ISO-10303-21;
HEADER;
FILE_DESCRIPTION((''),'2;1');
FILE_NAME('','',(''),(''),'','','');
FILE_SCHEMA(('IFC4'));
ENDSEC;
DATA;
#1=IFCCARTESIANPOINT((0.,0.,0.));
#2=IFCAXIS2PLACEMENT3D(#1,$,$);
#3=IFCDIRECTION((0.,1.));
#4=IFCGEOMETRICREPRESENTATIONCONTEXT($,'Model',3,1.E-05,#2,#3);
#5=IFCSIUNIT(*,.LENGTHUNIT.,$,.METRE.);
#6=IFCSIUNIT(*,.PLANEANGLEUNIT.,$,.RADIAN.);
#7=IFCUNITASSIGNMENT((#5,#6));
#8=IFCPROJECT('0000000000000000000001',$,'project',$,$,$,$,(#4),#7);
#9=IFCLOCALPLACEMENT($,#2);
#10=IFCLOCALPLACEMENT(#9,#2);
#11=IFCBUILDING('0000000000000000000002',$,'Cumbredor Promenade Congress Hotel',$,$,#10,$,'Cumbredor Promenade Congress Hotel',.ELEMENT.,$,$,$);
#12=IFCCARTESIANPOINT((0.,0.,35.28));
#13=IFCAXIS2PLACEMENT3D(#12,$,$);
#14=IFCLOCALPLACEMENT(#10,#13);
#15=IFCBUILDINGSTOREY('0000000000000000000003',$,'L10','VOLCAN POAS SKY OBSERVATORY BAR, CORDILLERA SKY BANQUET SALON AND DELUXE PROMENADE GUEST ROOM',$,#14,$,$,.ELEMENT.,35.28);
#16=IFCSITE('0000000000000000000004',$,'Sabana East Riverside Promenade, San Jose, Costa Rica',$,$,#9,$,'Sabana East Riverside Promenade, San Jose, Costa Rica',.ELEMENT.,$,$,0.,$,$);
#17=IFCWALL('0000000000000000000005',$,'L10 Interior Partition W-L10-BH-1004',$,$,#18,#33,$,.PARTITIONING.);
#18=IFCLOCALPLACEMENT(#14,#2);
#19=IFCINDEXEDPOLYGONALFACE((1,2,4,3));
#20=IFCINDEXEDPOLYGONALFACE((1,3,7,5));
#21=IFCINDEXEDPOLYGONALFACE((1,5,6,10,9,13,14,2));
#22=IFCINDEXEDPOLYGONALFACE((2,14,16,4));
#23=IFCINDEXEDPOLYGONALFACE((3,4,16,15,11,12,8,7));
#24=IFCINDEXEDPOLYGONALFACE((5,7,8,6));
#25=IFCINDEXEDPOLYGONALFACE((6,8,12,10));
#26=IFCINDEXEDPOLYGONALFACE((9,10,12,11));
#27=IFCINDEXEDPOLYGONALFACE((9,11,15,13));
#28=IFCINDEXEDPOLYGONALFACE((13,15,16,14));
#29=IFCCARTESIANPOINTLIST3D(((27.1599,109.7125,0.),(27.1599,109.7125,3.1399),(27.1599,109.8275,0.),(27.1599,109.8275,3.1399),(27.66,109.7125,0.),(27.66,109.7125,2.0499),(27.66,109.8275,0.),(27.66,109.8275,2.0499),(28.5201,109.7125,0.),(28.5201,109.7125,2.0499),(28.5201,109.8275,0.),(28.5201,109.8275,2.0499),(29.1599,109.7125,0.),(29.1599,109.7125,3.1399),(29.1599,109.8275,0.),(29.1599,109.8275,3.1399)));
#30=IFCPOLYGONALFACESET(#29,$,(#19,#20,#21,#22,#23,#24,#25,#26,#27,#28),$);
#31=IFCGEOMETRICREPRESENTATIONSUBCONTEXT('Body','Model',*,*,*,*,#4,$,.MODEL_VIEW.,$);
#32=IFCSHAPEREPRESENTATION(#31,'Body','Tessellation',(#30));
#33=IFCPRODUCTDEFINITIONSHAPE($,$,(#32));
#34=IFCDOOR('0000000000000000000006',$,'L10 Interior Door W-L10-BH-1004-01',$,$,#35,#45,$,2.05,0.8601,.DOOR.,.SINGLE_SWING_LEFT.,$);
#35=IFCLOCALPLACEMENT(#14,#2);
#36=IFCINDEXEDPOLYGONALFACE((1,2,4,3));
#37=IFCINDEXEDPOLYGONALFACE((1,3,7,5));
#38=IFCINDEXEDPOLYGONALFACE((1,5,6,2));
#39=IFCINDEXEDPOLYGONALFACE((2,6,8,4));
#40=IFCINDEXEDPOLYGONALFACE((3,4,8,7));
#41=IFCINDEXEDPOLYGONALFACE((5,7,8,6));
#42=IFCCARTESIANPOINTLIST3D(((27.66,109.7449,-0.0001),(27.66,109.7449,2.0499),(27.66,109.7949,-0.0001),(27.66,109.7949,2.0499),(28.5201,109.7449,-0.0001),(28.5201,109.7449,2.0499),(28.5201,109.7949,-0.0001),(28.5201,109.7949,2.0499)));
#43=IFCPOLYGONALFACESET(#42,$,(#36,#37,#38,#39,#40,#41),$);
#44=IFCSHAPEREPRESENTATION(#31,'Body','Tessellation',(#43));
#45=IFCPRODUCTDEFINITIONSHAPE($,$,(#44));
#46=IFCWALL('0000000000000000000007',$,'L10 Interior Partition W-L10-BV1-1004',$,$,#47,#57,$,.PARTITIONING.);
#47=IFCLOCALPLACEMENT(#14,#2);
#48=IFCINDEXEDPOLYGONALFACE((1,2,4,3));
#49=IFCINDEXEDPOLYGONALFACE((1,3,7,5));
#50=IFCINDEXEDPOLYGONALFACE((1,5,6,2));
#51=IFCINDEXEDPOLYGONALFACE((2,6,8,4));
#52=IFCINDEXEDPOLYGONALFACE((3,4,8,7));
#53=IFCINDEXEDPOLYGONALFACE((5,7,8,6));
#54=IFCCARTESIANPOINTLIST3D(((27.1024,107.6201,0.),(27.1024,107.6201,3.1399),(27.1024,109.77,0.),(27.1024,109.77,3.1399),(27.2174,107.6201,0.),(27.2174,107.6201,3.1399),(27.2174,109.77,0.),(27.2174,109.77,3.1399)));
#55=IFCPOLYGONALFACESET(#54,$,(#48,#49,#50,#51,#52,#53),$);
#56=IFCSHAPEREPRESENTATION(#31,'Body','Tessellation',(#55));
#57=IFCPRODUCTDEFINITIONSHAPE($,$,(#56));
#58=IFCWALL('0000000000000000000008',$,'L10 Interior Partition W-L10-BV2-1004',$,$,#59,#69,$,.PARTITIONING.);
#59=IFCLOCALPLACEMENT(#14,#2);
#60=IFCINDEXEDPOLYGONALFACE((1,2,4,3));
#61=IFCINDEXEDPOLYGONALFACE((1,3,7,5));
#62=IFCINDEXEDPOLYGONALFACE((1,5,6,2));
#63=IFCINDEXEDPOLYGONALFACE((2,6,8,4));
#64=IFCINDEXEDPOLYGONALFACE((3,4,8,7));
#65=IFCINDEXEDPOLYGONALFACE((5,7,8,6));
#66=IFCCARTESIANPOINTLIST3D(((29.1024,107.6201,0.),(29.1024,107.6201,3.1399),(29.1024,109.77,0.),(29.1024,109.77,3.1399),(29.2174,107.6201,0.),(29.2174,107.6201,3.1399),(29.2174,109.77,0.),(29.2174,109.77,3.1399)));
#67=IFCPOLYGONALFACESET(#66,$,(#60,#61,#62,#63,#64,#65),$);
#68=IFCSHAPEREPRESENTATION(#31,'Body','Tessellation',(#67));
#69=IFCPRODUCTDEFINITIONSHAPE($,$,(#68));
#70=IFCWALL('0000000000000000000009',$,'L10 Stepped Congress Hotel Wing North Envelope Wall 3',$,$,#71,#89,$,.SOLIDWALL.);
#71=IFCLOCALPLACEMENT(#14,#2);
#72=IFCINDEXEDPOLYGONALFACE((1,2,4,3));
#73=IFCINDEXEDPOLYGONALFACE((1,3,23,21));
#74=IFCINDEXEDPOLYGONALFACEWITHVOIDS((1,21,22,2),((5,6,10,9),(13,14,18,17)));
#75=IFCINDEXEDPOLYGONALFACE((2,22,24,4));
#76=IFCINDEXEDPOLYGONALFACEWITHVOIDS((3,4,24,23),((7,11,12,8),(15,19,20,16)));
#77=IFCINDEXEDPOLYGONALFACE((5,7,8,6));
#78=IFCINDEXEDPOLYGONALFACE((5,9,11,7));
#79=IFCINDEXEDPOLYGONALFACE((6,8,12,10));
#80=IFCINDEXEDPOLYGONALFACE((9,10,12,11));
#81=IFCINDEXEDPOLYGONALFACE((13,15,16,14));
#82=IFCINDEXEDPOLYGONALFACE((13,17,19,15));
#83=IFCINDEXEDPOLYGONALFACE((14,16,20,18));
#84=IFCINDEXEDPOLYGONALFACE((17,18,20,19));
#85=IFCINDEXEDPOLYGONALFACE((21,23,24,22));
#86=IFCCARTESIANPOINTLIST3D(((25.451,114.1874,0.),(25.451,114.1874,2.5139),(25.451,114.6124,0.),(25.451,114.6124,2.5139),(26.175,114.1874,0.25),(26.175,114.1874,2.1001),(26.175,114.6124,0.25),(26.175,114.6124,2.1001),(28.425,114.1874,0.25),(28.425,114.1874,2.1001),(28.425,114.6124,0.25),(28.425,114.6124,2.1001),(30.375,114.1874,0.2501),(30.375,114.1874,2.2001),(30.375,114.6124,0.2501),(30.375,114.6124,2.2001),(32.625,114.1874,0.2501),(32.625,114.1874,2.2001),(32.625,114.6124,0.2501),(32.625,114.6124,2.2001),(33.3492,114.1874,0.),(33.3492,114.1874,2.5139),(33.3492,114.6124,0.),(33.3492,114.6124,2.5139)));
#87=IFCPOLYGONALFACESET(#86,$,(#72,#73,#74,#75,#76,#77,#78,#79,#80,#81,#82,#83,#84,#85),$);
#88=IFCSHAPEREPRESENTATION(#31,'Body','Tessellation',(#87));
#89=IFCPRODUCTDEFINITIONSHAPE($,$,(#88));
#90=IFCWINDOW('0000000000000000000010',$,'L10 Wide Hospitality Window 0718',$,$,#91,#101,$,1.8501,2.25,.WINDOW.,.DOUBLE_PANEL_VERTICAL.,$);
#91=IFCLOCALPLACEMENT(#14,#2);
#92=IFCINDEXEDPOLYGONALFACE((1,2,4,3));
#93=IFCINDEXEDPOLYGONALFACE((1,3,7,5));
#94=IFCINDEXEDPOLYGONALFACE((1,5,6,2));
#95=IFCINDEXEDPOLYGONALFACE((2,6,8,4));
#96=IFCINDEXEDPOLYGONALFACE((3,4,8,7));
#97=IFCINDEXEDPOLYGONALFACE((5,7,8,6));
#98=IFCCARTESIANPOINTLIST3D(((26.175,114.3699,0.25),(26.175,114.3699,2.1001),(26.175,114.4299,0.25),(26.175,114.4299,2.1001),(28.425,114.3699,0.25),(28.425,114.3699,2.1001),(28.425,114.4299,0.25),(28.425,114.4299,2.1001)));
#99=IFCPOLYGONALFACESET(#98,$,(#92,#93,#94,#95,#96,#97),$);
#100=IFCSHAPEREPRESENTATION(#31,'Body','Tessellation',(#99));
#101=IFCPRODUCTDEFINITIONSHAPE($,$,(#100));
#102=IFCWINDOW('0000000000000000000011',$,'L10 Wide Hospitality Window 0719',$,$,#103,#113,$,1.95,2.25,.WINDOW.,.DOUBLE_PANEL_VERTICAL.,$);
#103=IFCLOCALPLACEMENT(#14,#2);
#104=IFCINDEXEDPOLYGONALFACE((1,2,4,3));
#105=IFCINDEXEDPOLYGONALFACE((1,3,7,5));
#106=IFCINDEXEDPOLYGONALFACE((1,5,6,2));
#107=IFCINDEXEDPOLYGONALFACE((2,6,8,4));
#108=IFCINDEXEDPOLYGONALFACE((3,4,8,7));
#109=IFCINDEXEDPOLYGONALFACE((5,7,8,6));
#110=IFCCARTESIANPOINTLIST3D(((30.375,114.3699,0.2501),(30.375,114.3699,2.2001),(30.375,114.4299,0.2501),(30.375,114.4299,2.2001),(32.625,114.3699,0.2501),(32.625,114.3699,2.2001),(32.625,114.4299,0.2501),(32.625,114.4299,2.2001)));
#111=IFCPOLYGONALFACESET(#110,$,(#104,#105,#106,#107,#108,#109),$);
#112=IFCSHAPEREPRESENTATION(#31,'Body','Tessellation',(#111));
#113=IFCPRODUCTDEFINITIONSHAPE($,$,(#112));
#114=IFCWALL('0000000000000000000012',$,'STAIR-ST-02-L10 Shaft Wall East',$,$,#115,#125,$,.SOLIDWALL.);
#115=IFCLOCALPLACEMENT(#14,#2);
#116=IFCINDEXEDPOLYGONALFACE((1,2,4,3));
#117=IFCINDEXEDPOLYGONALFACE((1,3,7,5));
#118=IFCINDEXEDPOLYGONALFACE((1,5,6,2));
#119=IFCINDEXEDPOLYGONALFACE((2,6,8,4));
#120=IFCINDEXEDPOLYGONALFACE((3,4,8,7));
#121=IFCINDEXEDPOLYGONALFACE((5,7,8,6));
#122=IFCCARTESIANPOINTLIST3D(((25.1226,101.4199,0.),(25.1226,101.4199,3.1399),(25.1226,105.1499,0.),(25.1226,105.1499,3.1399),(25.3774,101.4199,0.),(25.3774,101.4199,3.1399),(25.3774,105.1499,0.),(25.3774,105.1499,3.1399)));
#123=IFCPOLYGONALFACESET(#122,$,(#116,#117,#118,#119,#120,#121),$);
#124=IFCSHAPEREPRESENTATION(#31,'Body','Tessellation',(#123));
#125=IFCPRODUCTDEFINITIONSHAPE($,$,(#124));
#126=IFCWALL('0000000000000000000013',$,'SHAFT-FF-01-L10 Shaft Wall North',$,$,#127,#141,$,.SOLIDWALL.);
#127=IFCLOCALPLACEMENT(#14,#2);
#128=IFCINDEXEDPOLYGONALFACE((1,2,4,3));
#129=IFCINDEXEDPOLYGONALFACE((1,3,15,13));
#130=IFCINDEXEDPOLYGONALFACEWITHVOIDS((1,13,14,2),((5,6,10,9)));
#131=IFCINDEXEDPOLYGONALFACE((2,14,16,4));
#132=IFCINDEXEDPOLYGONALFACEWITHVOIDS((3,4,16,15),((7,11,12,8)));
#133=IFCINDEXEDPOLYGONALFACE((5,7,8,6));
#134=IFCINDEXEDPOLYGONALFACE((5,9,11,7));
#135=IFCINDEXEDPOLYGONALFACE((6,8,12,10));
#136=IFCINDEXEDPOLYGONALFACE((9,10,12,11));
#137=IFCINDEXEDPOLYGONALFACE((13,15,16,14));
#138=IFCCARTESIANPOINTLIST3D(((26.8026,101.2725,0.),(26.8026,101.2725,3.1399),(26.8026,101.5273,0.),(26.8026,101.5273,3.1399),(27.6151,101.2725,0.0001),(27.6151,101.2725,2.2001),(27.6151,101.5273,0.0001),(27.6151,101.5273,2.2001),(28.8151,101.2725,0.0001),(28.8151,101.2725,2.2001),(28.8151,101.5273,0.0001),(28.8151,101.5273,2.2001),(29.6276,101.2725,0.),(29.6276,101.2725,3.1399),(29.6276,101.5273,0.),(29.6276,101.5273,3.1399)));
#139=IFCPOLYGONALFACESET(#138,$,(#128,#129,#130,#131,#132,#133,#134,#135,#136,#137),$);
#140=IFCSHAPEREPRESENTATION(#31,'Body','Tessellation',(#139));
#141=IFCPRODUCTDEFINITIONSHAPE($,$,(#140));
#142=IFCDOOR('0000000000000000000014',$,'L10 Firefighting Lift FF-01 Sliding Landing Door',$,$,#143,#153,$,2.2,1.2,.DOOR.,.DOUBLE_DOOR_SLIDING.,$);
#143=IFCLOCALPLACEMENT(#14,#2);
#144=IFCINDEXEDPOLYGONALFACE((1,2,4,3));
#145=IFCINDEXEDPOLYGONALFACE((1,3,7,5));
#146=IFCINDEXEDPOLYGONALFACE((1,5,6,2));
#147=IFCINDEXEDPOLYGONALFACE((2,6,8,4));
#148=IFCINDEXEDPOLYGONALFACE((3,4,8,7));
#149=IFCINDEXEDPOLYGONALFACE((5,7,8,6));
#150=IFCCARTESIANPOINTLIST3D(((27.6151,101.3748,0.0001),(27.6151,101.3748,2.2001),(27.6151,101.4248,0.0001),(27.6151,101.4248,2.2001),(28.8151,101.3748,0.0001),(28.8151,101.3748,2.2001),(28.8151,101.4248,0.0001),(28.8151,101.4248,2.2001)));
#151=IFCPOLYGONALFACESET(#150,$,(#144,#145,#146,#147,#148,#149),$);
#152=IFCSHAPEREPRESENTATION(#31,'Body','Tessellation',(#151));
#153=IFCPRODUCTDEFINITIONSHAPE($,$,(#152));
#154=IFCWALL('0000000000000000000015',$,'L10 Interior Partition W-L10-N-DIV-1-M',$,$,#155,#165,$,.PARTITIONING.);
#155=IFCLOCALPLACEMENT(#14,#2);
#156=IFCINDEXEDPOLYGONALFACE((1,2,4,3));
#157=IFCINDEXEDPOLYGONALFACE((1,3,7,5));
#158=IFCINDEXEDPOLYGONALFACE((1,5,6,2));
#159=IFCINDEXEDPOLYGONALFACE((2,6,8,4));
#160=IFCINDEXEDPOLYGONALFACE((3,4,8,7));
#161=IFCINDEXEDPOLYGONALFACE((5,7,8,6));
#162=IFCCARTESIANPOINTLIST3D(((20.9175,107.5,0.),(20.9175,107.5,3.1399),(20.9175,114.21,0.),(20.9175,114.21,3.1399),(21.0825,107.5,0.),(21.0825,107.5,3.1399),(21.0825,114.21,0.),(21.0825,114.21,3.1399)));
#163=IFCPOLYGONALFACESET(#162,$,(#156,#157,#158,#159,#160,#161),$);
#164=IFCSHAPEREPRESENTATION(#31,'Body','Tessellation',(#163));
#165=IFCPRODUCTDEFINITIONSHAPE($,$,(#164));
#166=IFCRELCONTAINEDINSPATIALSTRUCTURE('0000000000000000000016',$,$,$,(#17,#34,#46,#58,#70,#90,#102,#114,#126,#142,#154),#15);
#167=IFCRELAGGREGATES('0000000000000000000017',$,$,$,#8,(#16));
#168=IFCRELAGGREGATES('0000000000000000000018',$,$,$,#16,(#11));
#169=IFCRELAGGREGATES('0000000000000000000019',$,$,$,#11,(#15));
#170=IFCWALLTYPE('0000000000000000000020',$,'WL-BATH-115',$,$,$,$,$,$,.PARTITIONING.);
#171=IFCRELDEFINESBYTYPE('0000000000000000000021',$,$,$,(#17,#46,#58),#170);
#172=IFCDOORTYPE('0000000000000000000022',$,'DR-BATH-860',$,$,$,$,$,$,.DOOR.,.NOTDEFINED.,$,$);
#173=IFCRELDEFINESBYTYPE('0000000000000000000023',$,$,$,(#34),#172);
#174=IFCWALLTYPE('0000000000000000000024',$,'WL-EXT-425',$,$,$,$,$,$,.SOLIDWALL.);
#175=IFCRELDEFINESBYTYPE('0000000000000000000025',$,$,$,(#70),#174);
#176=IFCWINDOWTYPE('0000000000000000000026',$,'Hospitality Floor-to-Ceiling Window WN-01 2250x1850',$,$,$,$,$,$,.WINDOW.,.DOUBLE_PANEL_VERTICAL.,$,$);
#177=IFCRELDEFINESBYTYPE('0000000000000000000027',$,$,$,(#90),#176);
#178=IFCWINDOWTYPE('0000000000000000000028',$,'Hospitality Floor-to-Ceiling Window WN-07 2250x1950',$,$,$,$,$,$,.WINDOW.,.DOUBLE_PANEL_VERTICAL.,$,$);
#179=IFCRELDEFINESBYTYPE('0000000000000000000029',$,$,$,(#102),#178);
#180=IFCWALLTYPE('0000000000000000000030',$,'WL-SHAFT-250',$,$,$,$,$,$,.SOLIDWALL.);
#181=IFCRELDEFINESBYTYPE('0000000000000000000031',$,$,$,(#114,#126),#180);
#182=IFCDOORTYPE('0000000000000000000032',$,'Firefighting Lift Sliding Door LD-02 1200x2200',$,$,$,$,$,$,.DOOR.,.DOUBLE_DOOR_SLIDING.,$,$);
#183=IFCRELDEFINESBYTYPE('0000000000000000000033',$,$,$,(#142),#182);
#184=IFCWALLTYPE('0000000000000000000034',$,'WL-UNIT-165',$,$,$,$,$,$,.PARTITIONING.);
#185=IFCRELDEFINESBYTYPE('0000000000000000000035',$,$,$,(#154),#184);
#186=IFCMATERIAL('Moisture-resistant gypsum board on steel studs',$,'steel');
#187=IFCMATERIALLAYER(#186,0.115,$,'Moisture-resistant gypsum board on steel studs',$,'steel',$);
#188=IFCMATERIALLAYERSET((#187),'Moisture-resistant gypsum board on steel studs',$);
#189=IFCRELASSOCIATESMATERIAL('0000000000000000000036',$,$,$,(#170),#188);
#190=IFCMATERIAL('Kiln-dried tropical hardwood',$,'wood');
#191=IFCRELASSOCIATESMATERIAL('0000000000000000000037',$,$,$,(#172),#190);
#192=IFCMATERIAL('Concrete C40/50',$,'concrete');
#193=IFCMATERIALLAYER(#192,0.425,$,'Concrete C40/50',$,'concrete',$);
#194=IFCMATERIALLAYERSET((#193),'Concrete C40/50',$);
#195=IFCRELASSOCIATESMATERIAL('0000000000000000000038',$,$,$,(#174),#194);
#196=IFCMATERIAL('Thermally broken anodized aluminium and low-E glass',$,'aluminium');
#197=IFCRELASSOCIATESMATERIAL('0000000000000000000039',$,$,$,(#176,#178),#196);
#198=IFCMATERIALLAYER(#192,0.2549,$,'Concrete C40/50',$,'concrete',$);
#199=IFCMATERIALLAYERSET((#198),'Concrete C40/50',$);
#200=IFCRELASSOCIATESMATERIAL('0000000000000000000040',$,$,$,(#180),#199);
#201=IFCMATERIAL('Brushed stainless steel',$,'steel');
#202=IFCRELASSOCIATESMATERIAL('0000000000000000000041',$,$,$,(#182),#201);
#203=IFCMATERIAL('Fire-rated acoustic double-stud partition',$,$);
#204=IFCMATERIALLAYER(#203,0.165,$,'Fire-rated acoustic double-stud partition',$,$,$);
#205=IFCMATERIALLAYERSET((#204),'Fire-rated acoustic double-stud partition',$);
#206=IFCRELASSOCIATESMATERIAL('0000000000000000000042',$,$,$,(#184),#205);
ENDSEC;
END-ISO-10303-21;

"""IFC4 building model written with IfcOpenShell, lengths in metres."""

from ifc_helpers import new_model, si_unit, direction, frame, frame_2d, origin, place, context, subcontext, project, spatial, rectangle, extrude, material, layer, layer_set, type_object, element, fill, save


model = new_model("IFC4")

# Units and contexts
model_context = context("Model", 3, precision=1e-05, world=origin(), true_north=direction((0.0, 1.0)))
body_context = subcontext(model_context, "Body", "Model", "MODEL_VIEW")
ifc_project = project(units=[si_unit("LENGTHUNIT", "METRE"), si_unit("PLANEANGLEUNIT", "RADIAN")], contexts=[model_context])

# Site, building, storey
site_placement = place(None, origin())
site = spatial("IfcSite", under=ifc_project, at=site_placement, Name="Sabana East Riverside Promenade, San Jose, Costa Rica", LongName="Sabana East Riverside Promenade, San Jose, Costa Rica", CompositionType="ELEMENT", RefElevation=0.0)
building_placement = place(site_placement, origin())
building = spatial("IfcBuilding", under=site, at=building_placement, Name="Cumbredor Promenade Congress Hotel", LongName="Cumbredor Promenade Congress Hotel", CompositionType="ELEMENT")
storey_placement = place(building_placement, frame((0.0, 0.0, 35.28)))
storey = spatial("IfcBuildingStorey", under=building, at=storey_placement, Name="L10", Description="VOLCAN POAS SKY OBSERVATORY BAR, CORDILLERA SKY BANQUET SALON AND DELUXE PROMENADE GUEST ROOM", CompositionType="ELEMENT", Elevation=35.28)

# Shared definitions
ifc_material_1 = material(Name="Concrete C40/50", Category="concrete")

# Shared definitions
ifc_material_2 = material(Name="Thermally broken anodized aluminium and low-E glass", Category="aluminium")

# Shared definitions
ifc_material_3 = material(Name="Kiln-dried tropical hardwood", Category="wood")

# Shared definitions
ifc_material_4 = material(Name="Moisture-resistant gypsum board on steel studs", Category="steel")
ifc_layer_1 = layer(ifc_material_4, 0.115, Name="Moisture-resistant gypsum board on steel studs", Category="steel")
ifc_layer_set_1 = layer_set([ifc_layer_1], Name="Moisture-resistant gypsum board on steel studs")
wall_type_1 = type_object("IfcWallType", Name="WL-BATH-115", PredefinedType="PARTITIONING", material=ifc_layer_set_1)
door_type_1 = type_object("IfcDoorType", Name="DR-BATH-860", OperationType="NOTDEFINED", PredefinedType="DOOR", material=ifc_material_3)

# Wall, opening, door
wall_1_placement = place(storey_placement, frame((27.1599, 109.77, 0.0), z_axis=(0.0, 0.0, 1.0), x_axis=(1.0, 0.0, 0.0)))
wall_1 = element("IfcWall", 1, at=wall_1_placement, inside=storey, type_object=wall_type_1, Name="L10 Interior Partition W-L10-BH-1004", PredefinedType="PARTITIONING", context=body_context, shape_type="SweptSolid", body=[
    extrude(rectangle(XDim=2.0, YDim=0.115, at=frame_2d((1.0, 0.0))), origin(), (0.0, 0.0, 1.0), 3.1399),
])
opening_1_placement = place(wall_1_placement, frame((0.5, 0.0, 0.0)))
opening_1 = element("IfcOpeningElement", 2, at=opening_1_placement, cuts=wall_1, PredefinedType="OPENING", context=body_context, shape_type="SweptSolid", body=[
    extrude(rectangle(XDim=0.8601, YDim=2.05, at=frame_2d((0.4302, 1.0249))), frame((0.0, 0.0674, 0.0), z_axis=(0.0, -1.0, 0.0), x_axis=(1.0, 0.0, 0.0)), (0.0, 0.0, 1.0), 0.135),
])
door_1_placement = place(opening_1_placement, origin())
door_1 = element("IfcDoor", 3, at=door_1_placement, inside=storey, type_object=door_type_1, Name="L10 Interior Door W-L10-BH-1004-01", OperationType="SINGLE_SWING_LEFT", OverallHeight=2.05, OverallWidth=0.8601, PredefinedType="DOOR", context=body_context, shape_type="SweptSolid", body=[
    extrude(rectangle(XDim=0.8601, YDim=2.05, at=frame_2d((0.4302, 1.0249))), frame((0.0, 0.0249, 0.0), z_axis=(0.0, -1.0, 0.0), x_axis=(1.0, 0.0, 0.0)), (0.0, 0.0, 1.0), 0.05),
])
fill(opening_1, door_1)

# Walls
for number, where, z_axis, x_axis, name in (
    (4, (27.1599, 107.6201, 0.0), (0.0, 0.0, 1.0), (0.0, 1.0, 0.0), "L10 Interior Partition W-L10-BV1-1004"),
    (5, (29.1599, 107.6201, 0.0), (0.0, 0.0, 1.0), (0.0, 1.0, 0.0), "L10 Interior Partition W-L10-BV2-1004"),
):
    element("IfcWall", number, at=place(storey_placement, frame(where, z_axis=z_axis, x_axis=x_axis)), inside=storey, type_object=wall_type_1, Name=name, PredefinedType="PARTITIONING", context=body_context, shape_type="SweptSolid", body=[
        extrude(rectangle(XDim=2.1499, YDim=0.115, at=frame_2d((1.075, 0.0))), origin(), (0.0, 0.0, 1.0), 3.1399),
    ])

# Wall, openings, windows
ifc_layer_2 = layer(ifc_material_1, 0.425, Name="Concrete C40/50", Category="concrete")
ifc_layer_set_2 = layer_set([ifc_layer_2], Name="Concrete C40/50")
wall_type_2 = type_object("IfcWallType", Name="WL-EXT-425", PredefinedType="SOLIDWALL", material=ifc_layer_set_2)
wall_2_placement = place(storey_placement, frame((25.4509, 114.3999, 0.0), z_axis=(0.0, 0.0, 1.0), x_axis=(1.0, 0.0, 0.0)))
wall_2 = element("IfcWall", 6, at=wall_2_placement, inside=storey, type_object=wall_type_2, Name="L10 Stepped Congress Hotel Wing North Envelope Wall 3", PredefinedType="SOLIDWALL", context=body_context, shape_type="SweptSolid", body=[
    extrude(rectangle(XDim=7.8982, YDim=0.425, at=frame_2d((3.9492, 0.0))), origin(), (0.0, 0.0, 1.0), 2.5139),
])
opening_2_placement = place(wall_2_placement, frame((0.7241, 0.0, 0.25)))
opening_2 = element("IfcOpeningElement", 7, at=opening_2_placement, cuts=wall_2, PredefinedType="OPENING", context=body_context, shape_type="SweptSolid", body=[
    extrude(rectangle(XDim=2.25, YDim=1.8501, at=frame_2d((1.125, 0.925))), frame((0.0, 0.2227, 0.0), z_axis=(0.0, -1.0, 0.0), x_axis=(1.0, 0.0, 0.0)), (0.0, 0.0, 1.0), 0.4451),
])
opening_3_placement = place(wall_2_placement, frame((4.9241, 0.0, 0.25)))
opening_3 = element("IfcOpeningElement", 8, at=opening_3_placement, cuts=wall_2, PredefinedType="OPENING", context=body_context, shape_type="SweptSolid", body=[
    extrude(rectangle(XDim=2.25, YDim=1.95, at=frame_2d((1.125, 0.9751))), frame((0.0, 0.2227, 0.0), z_axis=(0.0, -1.0, 0.0), x_axis=(1.0, 0.0, 0.0)), (0.0, 0.0, 1.0), 0.4451),
])
window_type_1 = type_object("IfcWindowType", Name="Hospitality Floor-to-Ceiling Window WN-01 2250x1850", PartitioningType="DOUBLE_PANEL_VERTICAL", PredefinedType="WINDOW", material=ifc_material_2)
window_1_placement = place(opening_2_placement, origin())
window_1 = element("IfcWindow", 9, at=window_1_placement, inside=storey, type_object=window_type_1, Name="L10 Wide Hospitality Window 0718", OverallHeight=1.8501, OverallWidth=2.25, PartitioningType="DOUBLE_PANEL_VERTICAL", PredefinedType="WINDOW", context=body_context, shape_type="SweptSolid", body=[
    extrude(rectangle(XDim=2.25, YDim=1.8501, at=frame_2d((1.125, 0.925))), frame((0.0, 0.03, 0.0), z_axis=(0.0, -1.0, 0.0), x_axis=(1.0, 0.0, 0.0)), (0.0, 0.0, 1.0), 0.0601),
])
fill(opening_2, window_1)
window_type_2 = type_object("IfcWindowType", Name="Hospitality Floor-to-Ceiling Window WN-07 2250x1950", PartitioningType="DOUBLE_PANEL_VERTICAL", PredefinedType="WINDOW", material=ifc_material_2)
window_2_placement = place(opening_3_placement, origin())
window_2 = element("IfcWindow", 10, at=window_2_placement, inside=storey, type_object=window_type_2, Name="L10 Wide Hospitality Window 0719", OverallHeight=1.95, OverallWidth=2.25, PartitioningType="DOUBLE_PANEL_VERTICAL", PredefinedType="WINDOW", context=body_context, shape_type="SweptSolid", body=[
    extrude(rectangle(XDim=2.25, YDim=1.95, at=frame_2d((1.125, 0.9751))), frame((0.0, 0.03, 0.0), z_axis=(0.0, -1.0, 0.0), x_axis=(1.0, 0.0, 0.0)), (0.0, 0.0, 1.0), 0.0601),
])
fill(opening_3, window_2)

# Wall
ifc_layer_3 = layer(ifc_material_1, 0.2549, Name="Concrete C40/50", Category="concrete")
ifc_layer_set_3 = layer_set([ifc_layer_3], Name="Concrete C40/50")
wall_type_3 = type_object("IfcWallType", Name="WL-SHAFT-250", PredefinedType="SOLIDWALL", material=ifc_layer_set_3)
wall_3_placement = place(storey_placement, frame((25.25, 101.4199, 0.0), z_axis=(0.0, 0.0, 1.0), x_axis=(0.0, 1.0, 0.0)))
element("IfcWall", 11, at=wall_3_placement, inside=storey, type_object=wall_type_3, Name="STAIR-ST-02-L10 Shaft Wall East", PredefinedType="SOLIDWALL", context=body_context, shape_type="SweptSolid", body=[
    extrude(rectangle(XDim=3.73, YDim=0.2549, at=frame_2d((1.865, 0.0))), origin(), (0.0, 0.0, 1.0), 3.1399),
])

# Wall, opening, door
wall_4_placement = place(storey_placement, frame((26.8025, 101.3999, 0.0), z_axis=(0.0, 0.0, 1.0), x_axis=(1.0, 0.0, 0.0)))
wall_4 = element("IfcWall", 12, at=wall_4_placement, inside=storey, type_object=wall_type_3, Name="SHAFT-FF-01-L10 Shaft Wall North", PredefinedType="SOLIDWALL", context=body_context, shape_type="SweptSolid", body=[
    extrude(rectangle(XDim=2.825, YDim=0.2549, at=frame_2d((1.4126, 0.0))), origin(), (0.0, 0.0, 1.0), 3.1399),
])
opening_4_placement = place(wall_4_placement, frame((0.8125, 0.0, 0.0)))
opening_4 = element("IfcOpeningElement", 13, at=opening_4_placement, cuts=wall_4, PredefinedType="OPENING", context=body_context, shape_type="SweptSolid", body=[
    extrude(rectangle(XDim=1.2, YDim=2.2, at=frame_2d((0.6001, 1.1001))), frame((0.0, 0.1375, 0.0), z_axis=(0.0, -1.0, 0.0), x_axis=(1.0, 0.0, 0.0)), (0.0, 0.0, 1.0), 0.2749),
])
ifc_material_5 = material(Name="Brushed stainless steel", Category="steel")
door_type_2 = type_object("IfcDoorType", Name="Firefighting Lift Sliding Door LD-02 1200x2200", OperationType="DOUBLE_DOOR_SLIDING", PredefinedType="DOOR", material=ifc_material_5)
door_2_placement = place(opening_4_placement, origin())
door_2 = element("IfcDoor", 14, at=door_2_placement, inside=storey, type_object=door_type_2, Name="L10 Firefighting Lift FF-01 Sliding Landing Door", OperationType="DOUBLE_DOOR_SLIDING", OverallHeight=2.2, OverallWidth=1.2, PredefinedType="DOOR", context=body_context, shape_type="SweptSolid", body=[
    extrude(rectangle(XDim=1.2, YDim=2.2, at=frame_2d((0.6001, 1.1001))), frame((0.0, 0.0249, 0.0), z_axis=(0.0, -1.0, 0.0), x_axis=(1.0, 0.0, 0.0)), (0.0, 0.0, 1.0), 0.05),
])
fill(opening_4, door_2)

# Wall
ifc_material_6 = material(Name="Fire-rated acoustic double-stud partition")
ifc_layer_4 = layer(ifc_material_6, 0.165, Name="Fire-rated acoustic double-stud partition")
ifc_layer_set_4 = layer_set([ifc_layer_4], Name="Fire-rated acoustic double-stud partition")
wall_type_4 = type_object("IfcWallType", Name="WL-UNIT-165", PredefinedType="PARTITIONING", material=ifc_layer_set_4)
wall_5_placement = place(storey_placement, frame((21.0, 107.5, 0.0), z_axis=(0.0, 0.0, 1.0), x_axis=(0.0, 1.0, 0.0)))
element("IfcWall", 15, at=wall_5_placement, inside=storey, type_object=wall_type_4, Name="L10 Interior Partition W-L10-N-DIV-1-M", PredefinedType="PARTITIONING", context=body_context, shape_type="SweptSolid", body=[
    extrude(rectangle(XDim=6.71, YDim=0.165, at=frame_2d((3.355, 0.0))), origin(), (0.0, 0.0, 1.0), 3.1399),
])

save(model, "model.ifc")
